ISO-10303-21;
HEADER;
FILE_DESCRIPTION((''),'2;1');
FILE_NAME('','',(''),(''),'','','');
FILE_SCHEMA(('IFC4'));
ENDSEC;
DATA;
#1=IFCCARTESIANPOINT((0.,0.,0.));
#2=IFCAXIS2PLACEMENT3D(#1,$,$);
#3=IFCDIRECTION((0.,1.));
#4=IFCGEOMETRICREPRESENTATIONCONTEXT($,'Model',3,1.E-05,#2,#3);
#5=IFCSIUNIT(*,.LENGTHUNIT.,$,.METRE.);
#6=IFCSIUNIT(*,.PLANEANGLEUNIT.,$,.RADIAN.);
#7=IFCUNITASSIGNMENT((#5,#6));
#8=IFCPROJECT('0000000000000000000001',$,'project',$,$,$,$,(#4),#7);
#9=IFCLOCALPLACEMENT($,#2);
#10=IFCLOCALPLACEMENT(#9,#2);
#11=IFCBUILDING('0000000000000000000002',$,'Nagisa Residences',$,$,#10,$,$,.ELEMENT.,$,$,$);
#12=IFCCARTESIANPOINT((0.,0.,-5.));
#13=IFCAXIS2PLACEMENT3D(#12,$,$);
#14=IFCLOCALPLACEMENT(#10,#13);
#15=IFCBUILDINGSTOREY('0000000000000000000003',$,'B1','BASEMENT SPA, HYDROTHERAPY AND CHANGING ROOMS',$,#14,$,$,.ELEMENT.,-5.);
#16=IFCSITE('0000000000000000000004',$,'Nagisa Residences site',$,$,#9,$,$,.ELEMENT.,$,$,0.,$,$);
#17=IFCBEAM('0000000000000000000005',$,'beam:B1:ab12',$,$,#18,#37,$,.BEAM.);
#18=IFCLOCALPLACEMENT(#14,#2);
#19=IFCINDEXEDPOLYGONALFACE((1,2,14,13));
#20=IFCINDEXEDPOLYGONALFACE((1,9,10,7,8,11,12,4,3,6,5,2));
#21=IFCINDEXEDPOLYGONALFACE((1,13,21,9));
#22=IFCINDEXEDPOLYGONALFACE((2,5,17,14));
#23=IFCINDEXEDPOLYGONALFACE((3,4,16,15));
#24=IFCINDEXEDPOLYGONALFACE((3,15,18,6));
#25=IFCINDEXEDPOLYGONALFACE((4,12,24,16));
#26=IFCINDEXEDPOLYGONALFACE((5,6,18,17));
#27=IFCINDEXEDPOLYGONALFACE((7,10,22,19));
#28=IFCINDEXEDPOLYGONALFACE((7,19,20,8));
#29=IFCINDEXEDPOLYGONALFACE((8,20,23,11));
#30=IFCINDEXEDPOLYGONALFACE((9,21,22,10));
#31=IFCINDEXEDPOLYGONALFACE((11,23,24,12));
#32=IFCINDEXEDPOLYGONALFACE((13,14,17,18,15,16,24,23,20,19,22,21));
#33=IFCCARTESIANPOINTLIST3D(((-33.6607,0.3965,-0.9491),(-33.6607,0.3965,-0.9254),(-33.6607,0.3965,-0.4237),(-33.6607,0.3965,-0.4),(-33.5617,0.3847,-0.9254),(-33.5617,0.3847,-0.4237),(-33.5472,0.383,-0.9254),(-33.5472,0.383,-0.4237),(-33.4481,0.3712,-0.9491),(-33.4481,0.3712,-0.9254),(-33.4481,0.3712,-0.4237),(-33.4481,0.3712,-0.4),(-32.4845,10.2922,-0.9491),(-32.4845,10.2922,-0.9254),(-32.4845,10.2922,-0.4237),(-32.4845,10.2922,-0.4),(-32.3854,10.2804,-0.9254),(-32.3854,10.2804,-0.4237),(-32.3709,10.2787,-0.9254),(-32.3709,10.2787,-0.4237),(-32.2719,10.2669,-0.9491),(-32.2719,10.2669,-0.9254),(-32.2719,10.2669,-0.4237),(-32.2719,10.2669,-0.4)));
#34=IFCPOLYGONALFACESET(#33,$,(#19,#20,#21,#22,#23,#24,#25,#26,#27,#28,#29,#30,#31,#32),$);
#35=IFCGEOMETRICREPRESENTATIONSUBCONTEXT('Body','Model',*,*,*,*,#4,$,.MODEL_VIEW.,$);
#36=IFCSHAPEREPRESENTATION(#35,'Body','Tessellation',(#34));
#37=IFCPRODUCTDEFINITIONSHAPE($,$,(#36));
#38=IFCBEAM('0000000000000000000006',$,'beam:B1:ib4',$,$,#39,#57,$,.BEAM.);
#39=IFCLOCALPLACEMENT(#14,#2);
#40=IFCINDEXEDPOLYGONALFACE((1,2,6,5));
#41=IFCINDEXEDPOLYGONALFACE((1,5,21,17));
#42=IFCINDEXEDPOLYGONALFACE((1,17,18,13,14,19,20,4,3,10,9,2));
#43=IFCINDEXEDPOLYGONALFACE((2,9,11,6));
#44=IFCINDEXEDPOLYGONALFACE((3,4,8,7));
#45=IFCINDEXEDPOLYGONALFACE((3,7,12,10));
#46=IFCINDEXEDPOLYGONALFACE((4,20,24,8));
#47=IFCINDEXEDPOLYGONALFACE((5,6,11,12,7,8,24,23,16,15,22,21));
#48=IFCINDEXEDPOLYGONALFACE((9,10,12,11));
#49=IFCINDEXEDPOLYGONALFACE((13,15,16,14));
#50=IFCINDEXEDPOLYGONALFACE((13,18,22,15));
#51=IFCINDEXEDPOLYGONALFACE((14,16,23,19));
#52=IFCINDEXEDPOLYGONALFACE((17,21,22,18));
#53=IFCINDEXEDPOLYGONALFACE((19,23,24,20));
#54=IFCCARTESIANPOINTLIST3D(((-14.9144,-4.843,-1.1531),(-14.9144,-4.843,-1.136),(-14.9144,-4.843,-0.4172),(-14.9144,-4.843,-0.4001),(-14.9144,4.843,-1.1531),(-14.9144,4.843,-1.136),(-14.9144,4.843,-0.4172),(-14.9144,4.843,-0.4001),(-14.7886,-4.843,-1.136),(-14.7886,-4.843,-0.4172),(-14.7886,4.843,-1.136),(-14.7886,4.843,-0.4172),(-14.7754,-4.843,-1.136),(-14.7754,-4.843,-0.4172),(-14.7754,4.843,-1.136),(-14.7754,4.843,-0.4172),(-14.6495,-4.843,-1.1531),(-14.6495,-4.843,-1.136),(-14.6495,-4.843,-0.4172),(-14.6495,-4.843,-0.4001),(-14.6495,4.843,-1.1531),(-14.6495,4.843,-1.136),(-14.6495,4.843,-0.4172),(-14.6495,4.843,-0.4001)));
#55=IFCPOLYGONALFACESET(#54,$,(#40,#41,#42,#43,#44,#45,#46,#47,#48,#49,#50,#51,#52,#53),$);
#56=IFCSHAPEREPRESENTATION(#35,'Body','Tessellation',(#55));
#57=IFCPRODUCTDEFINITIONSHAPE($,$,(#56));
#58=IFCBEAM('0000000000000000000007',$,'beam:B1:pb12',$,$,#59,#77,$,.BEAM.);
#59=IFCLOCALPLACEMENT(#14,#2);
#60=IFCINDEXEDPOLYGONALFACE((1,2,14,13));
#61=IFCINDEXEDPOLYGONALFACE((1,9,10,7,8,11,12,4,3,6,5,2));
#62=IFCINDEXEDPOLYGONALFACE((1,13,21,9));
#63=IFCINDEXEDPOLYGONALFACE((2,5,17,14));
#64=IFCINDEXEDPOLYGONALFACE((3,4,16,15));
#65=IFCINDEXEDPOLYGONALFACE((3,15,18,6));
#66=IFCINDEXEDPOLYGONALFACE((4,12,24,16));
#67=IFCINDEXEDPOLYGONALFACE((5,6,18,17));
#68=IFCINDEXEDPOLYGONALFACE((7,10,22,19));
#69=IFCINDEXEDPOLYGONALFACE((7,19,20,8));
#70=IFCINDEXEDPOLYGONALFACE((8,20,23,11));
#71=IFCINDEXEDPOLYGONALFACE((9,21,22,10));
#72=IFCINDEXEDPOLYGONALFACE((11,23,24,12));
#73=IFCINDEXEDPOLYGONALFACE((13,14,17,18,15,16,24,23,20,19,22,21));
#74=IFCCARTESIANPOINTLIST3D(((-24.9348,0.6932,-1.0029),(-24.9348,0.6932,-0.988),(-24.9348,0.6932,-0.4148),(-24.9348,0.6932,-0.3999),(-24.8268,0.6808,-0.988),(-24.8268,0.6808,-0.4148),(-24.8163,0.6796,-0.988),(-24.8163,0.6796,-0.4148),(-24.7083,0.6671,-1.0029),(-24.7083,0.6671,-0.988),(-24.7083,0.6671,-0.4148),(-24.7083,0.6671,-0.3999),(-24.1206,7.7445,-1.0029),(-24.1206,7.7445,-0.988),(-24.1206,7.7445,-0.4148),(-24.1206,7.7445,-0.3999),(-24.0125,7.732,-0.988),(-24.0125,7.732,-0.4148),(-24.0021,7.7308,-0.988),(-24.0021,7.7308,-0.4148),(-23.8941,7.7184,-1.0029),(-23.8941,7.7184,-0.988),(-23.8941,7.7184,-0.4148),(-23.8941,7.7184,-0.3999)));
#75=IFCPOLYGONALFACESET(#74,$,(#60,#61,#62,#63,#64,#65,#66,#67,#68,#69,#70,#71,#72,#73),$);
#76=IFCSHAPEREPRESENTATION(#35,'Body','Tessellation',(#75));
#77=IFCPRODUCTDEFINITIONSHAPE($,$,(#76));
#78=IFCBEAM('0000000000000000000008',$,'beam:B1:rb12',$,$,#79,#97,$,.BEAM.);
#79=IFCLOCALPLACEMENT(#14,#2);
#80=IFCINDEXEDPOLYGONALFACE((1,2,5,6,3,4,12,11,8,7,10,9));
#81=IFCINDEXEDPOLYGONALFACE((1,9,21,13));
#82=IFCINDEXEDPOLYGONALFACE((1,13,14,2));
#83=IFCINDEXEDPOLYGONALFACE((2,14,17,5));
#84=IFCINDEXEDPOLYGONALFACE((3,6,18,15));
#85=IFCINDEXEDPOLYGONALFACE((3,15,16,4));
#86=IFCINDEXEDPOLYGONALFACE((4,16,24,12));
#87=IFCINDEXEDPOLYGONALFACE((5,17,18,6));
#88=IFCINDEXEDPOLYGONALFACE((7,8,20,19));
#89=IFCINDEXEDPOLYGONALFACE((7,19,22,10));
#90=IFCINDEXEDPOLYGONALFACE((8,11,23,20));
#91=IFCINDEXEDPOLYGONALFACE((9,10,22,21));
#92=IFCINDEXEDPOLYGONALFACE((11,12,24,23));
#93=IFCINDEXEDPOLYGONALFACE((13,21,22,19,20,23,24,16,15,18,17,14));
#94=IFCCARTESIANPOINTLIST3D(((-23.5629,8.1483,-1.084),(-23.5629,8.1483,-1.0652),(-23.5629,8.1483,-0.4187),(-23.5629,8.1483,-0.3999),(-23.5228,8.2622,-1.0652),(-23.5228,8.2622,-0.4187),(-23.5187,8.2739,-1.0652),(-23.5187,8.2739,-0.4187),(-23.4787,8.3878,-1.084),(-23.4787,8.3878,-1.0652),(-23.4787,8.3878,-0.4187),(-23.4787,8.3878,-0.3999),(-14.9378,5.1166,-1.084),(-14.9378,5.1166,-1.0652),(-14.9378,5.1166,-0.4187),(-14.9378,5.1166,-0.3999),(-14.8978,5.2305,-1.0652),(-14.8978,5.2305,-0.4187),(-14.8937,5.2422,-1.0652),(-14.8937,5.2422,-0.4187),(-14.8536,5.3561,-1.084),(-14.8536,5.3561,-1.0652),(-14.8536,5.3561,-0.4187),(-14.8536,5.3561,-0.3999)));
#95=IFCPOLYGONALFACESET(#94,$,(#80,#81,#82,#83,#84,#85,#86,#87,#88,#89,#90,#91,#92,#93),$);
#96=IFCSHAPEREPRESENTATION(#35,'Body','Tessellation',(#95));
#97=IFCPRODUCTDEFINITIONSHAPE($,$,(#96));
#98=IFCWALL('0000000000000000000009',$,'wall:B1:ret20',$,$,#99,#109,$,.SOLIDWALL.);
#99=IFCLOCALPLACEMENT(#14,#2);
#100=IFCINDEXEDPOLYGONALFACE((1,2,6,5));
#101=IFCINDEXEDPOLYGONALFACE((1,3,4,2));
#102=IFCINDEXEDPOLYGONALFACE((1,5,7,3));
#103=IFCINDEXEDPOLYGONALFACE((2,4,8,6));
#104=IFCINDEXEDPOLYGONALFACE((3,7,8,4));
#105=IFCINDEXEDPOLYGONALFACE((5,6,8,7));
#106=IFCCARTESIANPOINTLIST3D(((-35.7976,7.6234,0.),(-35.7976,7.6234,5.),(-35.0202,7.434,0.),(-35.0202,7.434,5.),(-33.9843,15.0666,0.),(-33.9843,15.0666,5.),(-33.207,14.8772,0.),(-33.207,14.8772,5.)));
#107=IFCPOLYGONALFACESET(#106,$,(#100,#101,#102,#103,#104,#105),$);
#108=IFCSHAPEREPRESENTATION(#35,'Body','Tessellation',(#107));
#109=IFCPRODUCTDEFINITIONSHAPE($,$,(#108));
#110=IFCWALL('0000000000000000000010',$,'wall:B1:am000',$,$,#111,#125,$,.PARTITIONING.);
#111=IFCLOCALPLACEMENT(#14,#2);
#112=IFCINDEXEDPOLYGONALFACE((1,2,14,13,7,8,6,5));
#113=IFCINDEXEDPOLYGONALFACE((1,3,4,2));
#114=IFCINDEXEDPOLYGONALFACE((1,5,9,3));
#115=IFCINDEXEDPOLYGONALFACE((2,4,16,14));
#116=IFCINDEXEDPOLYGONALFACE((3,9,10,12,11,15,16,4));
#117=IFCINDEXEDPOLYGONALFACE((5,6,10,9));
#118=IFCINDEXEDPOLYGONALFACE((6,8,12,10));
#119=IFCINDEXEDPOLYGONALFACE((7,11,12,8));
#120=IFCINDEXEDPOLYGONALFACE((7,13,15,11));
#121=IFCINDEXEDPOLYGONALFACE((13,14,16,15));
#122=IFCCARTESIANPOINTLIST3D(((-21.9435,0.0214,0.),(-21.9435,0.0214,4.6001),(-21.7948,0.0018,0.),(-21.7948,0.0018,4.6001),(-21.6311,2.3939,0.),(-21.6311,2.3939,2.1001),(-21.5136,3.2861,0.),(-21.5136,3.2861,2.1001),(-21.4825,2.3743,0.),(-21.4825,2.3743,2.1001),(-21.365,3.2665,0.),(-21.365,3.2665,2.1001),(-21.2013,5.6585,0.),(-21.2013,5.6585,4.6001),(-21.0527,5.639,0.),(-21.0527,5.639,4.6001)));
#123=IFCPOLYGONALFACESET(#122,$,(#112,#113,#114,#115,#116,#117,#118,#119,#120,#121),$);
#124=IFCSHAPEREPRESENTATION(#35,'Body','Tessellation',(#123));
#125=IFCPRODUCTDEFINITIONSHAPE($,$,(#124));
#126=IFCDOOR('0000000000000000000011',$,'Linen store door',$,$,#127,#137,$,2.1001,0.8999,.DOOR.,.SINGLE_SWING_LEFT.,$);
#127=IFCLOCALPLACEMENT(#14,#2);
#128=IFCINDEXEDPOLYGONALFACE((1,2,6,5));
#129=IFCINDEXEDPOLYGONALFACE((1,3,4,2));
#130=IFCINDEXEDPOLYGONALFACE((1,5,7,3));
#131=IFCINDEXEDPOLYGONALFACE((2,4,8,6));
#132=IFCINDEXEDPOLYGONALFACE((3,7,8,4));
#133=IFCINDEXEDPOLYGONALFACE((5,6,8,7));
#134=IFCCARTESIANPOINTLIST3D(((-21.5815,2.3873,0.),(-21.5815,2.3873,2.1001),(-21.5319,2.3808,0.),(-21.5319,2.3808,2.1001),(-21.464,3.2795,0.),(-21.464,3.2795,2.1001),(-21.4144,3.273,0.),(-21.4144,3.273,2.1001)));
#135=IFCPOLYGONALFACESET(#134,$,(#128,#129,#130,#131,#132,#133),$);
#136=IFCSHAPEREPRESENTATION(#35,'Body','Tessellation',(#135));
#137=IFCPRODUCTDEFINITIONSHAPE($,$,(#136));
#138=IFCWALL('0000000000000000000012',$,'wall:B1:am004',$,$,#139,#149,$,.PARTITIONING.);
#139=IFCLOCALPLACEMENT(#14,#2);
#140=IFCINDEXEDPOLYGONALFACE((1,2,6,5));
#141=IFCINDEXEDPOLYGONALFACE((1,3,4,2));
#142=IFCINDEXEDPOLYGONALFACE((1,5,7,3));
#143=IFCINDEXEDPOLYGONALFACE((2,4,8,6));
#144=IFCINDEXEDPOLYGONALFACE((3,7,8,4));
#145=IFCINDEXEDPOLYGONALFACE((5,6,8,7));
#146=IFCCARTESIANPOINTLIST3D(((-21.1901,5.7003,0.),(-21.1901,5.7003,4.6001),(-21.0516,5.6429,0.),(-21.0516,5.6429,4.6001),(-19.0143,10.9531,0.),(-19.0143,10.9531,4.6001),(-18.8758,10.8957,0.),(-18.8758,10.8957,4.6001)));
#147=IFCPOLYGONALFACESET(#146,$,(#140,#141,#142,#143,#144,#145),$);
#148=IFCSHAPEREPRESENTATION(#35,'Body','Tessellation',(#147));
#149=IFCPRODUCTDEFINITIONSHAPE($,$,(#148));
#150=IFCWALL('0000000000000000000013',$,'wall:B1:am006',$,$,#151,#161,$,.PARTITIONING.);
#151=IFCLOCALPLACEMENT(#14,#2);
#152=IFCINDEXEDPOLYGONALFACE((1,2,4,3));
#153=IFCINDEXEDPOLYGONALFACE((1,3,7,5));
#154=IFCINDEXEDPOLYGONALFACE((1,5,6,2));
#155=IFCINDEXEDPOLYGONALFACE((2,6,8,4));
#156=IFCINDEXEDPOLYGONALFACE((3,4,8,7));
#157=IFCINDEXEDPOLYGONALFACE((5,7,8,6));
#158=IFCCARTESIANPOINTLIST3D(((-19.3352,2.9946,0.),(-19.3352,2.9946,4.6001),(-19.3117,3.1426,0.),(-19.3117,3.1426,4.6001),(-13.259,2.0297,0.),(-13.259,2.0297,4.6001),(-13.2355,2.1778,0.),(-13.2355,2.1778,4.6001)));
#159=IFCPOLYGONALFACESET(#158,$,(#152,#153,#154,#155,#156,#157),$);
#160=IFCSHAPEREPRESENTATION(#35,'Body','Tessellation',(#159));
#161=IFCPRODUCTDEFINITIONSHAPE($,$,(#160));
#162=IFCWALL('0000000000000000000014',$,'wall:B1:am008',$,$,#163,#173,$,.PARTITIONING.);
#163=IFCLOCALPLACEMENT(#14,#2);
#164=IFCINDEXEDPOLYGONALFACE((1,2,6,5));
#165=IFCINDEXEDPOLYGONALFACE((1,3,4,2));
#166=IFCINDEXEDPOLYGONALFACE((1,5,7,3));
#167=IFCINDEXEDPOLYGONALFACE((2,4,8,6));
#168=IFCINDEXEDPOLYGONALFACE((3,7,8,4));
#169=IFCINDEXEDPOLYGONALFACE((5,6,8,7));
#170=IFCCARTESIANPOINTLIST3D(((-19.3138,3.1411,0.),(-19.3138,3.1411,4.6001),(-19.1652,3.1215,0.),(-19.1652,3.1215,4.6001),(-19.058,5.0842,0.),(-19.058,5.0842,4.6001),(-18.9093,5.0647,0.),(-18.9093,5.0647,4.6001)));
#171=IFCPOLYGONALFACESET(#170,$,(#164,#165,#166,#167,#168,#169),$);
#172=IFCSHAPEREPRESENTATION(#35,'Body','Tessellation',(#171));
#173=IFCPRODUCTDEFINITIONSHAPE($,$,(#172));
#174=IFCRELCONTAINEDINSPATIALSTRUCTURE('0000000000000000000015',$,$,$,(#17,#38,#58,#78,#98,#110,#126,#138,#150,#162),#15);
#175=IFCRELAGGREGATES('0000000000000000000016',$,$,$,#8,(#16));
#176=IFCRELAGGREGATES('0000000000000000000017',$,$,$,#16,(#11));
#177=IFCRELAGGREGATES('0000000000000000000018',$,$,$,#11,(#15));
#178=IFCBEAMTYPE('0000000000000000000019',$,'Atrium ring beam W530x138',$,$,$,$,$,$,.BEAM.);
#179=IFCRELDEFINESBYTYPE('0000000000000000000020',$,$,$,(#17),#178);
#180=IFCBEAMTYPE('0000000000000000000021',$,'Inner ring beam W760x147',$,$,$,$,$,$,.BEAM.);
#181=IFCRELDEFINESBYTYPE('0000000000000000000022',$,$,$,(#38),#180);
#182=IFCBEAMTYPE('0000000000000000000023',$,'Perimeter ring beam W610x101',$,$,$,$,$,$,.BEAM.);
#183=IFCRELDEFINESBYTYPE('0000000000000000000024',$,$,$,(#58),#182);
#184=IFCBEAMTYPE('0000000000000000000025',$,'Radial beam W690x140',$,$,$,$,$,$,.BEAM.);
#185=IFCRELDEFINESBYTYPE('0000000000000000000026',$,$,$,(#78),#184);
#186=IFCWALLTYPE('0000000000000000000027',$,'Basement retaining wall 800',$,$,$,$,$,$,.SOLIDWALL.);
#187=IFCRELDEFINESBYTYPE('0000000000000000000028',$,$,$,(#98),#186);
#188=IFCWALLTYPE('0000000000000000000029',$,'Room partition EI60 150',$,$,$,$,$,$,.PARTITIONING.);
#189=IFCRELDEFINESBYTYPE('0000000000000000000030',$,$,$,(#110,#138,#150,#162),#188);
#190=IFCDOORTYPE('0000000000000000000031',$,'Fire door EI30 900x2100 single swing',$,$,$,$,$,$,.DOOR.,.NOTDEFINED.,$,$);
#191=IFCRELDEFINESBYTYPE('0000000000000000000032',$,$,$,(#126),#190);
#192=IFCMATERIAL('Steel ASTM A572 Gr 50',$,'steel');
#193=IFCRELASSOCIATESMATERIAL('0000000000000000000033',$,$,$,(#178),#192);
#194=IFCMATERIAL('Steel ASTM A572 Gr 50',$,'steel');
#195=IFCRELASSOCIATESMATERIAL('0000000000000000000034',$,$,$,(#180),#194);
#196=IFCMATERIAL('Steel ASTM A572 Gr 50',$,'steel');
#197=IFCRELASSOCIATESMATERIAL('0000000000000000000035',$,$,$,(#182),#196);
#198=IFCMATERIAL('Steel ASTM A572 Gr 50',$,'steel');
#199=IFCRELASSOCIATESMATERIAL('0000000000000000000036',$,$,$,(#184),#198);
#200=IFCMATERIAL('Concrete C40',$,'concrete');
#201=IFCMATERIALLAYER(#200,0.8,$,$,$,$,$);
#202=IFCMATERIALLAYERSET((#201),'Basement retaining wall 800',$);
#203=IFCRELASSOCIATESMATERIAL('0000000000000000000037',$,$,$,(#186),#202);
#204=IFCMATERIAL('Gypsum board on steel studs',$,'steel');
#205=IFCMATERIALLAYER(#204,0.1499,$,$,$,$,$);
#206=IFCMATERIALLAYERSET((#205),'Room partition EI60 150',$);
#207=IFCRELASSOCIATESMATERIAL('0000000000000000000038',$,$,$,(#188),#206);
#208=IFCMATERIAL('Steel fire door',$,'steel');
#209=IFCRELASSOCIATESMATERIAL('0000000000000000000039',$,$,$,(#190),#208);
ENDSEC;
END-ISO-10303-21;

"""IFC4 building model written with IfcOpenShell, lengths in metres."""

from ifc_helpers import new_model, si_unit, direction, frame, frame_2d, origin, origin_2d, place, context, subcontext, project, spatial, rectangle, i_section, extrude, material, layer, layer_set, material_profile, profile_set, type_object, element, fill, save


model = new_model("IFC4")

# Units and contexts
model_context = context("Model", 3, precision=1e-05, world=origin(), true_north=direction((0.0, 1.0)))
body_context = subcontext(model_context, "Body", "Model", "MODEL_VIEW")
ifc_project = project(units=[si_unit("LENGTHUNIT", "METRE"), si_unit("PLANEANGLEUNIT", "RADIAN")], contexts=[model_context])

# Site, building, storey
site_placement = place(None, origin())
site = spatial("IfcSite", under=ifc_project, at=site_placement, Name="Nagisa Residences site", CompositionType="ELEMENT", RefElevation=0.0)
building_placement = place(site_placement, origin())
building = spatial("IfcBuilding", under=site, at=building_placement, Name="Nagisa Residences", CompositionType="ELEMENT")
storey_placement = place(building_placement, frame((0.0, 0.0, -5.0)))
storey = spatial("IfcBuildingStorey", under=building, at=storey_placement, Name="B1", Description="BASEMENT SPA, HYDROTHERAPY AND CHANGING ROOMS", CompositionType="ELEMENT", Elevation=-5.0)

# Beams
ifc_material_1 = material(Name="Steel ASTM A572 Gr 50", Category="steel")
ifc_material_profile_1 = material_profile(ifc_material_1, i_section(OverallWidth=0.2141, OverallDepth=0.5491, WebThickness=0.0146, FlangeThickness=0.0237, at=origin_2d()), Name="W530x138")
ifc_profile_set_1 = profile_set([ifc_material_profile_1], Name="Steel ASTM A572 Gr 50")
beam_type_1 = type_object("IfcBeamType", Name="Atrium ring beam W530x138", PredefinedType="BEAM", material=ifc_profile_set_1)
beam_1_placement = place(storey_placement, frame((-32.3782, 10.2795, -0.6746), z_axis=(-0.118035, -0.993009, 0.0), x_axis=(0.993009, -0.118035, 0.0)))
element("IfcBeam", 1, at=beam_1_placement, inside=storey, type_object=beam_type_1, Name="beam:B1:ab12", PredefinedType="BEAM", context=body_context, shape_type="SweptSolid", body=[
    extrude(i_section(OverallWidth=0.2141, OverallDepth=0.5491, WebThickness=0.0146, FlangeThickness=0.0237, at=origin_2d()), origin(), (0.0, 0.0, 1.0), 9.9653),
])
ifc_material_2 = material(Name="Steel ASTM A572 Gr 50", Category="steel")
ifc_material_profile_2 = material_profile(ifc_material_2, i_section(OverallWidth=0.2649, OverallDepth=0.7529, WebThickness=0.0132, FlangeThickness=0.0171, at=origin_2d()), Name="W760x147")
ifc_profile_set_2 = profile_set([ifc_material_profile_2], Name="Steel ASTM A572 Gr 50")
beam_type_2 = type_object("IfcBeamType", Name="Inner ring beam W760x147", PredefinedType="BEAM", material=ifc_profile_set_2)
beam_2_placement = place(storey_placement, frame((-14.782, 4.843, -0.7766), z_axis=(0.0, -1.0, 0.0), x_axis=(1.0, 0.0, 0.0)))
element("IfcBeam", 2, at=beam_2_placement, inside=storey, type_object=beam_type_2, Name="beam:B1:ib4", PredefinedType="BEAM", context=body_context, shape_type="SweptSolid", body=[
    extrude(i_section(OverallWidth=0.2649, OverallDepth=0.7529, WebThickness=0.0132, FlangeThickness=0.0171, at=origin_2d()), origin(), (0.0, 0.0, 1.0), 9.686),
])
ifc_material_3 = material(Name="Steel ASTM A572 Gr 50", Category="steel")
ifc_material_profile_3 = material_profile(ifc_material_3, i_section(OverallWidth=0.228, OverallDepth=0.603, WebThickness=0.0105, FlangeThickness=0.0149, at=origin_2d()), Name="W610x101")
ifc_profile_set_3 = profile_set([ifc_material_profile_3], Name="Steel ASTM A572 Gr 50")
beam_type_3 = type_object("IfcBeamType", Name="Perimeter ring beam W610x101", PredefinedType="BEAM", material=ifc_profile_set_3)
beam_3_placement = place(storey_placement, frame((-24.0073, 7.7314, -0.7014), z_axis=(-0.114708, -0.993399, 0.0), x_axis=(0.993399, -0.114708, 0.0)))
element("IfcBeam", 3, at=beam_3_placement, inside=storey, type_object=beam_type_3, Name="beam:B1:pb12", PredefinedType="BEAM", context=body_context, shape_type="SweptSolid", body=[
    extrude(i_section(OverallWidth=0.228, OverallDepth=0.603, WebThickness=0.0105, FlangeThickness=0.0149, at=origin_2d()), origin(), (0.0, 0.0, 1.0), 7.0981),
])
ifc_material_4 = material(Name="Steel ASTM A572 Gr 50", Category="steel")
ifc_material_profile_4 = material_profile(ifc_material_4, i_section(OverallWidth=0.2539, OverallDepth=0.6841, WebThickness=0.0125, FlangeThickness=0.0188, at=origin_2d()), Name="W690x140")
ifc_profile_set_4 = profile_set([ifc_material_profile_4], Name="Steel ASTM A572 Gr 50")
beam_type_4 = type_object("IfcBeamType", Name="Radial beam W690x140", PredefinedType="BEAM", material=ifc_profile_set_4)
beam_4_placement = place(storey_placement, frame((-23.5208, 8.2681, -0.7419), z_axis=(0.943415, -0.331616, 0.0), x_axis=(0.331616, 0.943415, 0.0)))
element("IfcBeam", 4, at=beam_4_placement, inside=storey, type_object=beam_type_4, Name="beam:B1:rb12", PredefinedType="BEAM", context=body_context, shape_type="SweptSolid", body=[
    extrude(i_section(OverallWidth=0.2539, OverallDepth=0.6841, WebThickness=0.0125, FlangeThickness=0.0188, at=origin_2d()), origin(), (0.0, 0.0, 1.0), 9.1423),
])

# Wall
ifc_material_5 = material(Name="Concrete C40", Category="concrete")
ifc_layer_1 = layer(ifc_material_5, 0.8)
ifc_layer_set_1 = layer_set([ifc_layer_1], Name="Basement retaining wall 800")
wall_type_1 = type_object("IfcWallType", Name="Basement retaining wall 800", PredefinedType="SOLIDWALL", material=ifc_layer_set_1)
wall_1_placement = place(storey_placement, frame((-35.4089, 7.5286, 0.0), z_axis=(0.0, 0.0, 1.0), x_axis=(0.23669, 0.971585, 0.0)))
element("IfcWall", 5, at=wall_1_placement, inside=storey, type_object=wall_type_1, Name="wall:B1:ret20", PredefinedType="SOLIDWALL", context=body_context, shape_type="SweptSolid", body=[
    extrude(rectangle(XDim=7.6609, YDim=0.8, at=frame_2d((3.8306, 0.0))), origin(), (0.0, 0.0, 1.0), 5.0),
])

# Wall, opening, door
ifc_material_6 = material(Name="Gypsum board on steel studs", Category="steel")
ifc_layer_2 = layer(ifc_material_6, 0.1499)
ifc_layer_set_2 = layer_set([ifc_layer_2], Name="Room partition EI60 150")
wall_type_2 = type_object("IfcWallType", Name="Room partition EI60 150", PredefinedType="PARTITIONING", material=ifc_layer_set_2)
wall_2_placement = place(storey_placement, frame((-21.8691, 0.0117, 0.0), z_axis=(0.0, 0.0, 1.0), x_axis=(0.130532, 0.991444, 0.0)))
wall_2 = element("IfcWall", 6, at=wall_2_placement, inside=storey, type_object=wall_type_2, Name="wall:B1:am000", PredefinedType="PARTITIONING", context=body_context, shape_type="SweptSolid", body=[
    extrude(rectangle(XDim=5.6858, YDim=0.1499, at=frame_2d((2.8428, 0.0))), origin(), (0.0, 0.0, 1.0), 4.6001),
])
opening_1_placement = place(wall_2_placement, frame((2.3928, 0.0, 0.0)))
opening_1 = element("IfcOpeningElement", 7, at=opening_1_placement, cuts=wall_2, PredefinedType="OPENING", context=body_context, shape_type="SweptSolid", body=[
    extrude(rectangle(XDim=0.8999, YDim=2.1001, at=frame_2d((0.45, 1.05))), frame((0.0, 0.085, 0.0), z_axis=(0.0, -1.0, 0.0), x_axis=(1.0, 0.0, 0.0)), (0.0, 0.0, 1.0), 0.1699),
])
ifc_material_7 = material(Name="Steel fire door", Category="steel")
door_type_1 = type_object("IfcDoorType", Name="Fire door EI30 900x2100 single swing", OperationType="NOTDEFINED", PredefinedType="DOOR", material=ifc_material_7)
door_1_placement = place(opening_1_placement, origin())
door_1 = element("IfcDoor", 8, at=door_1_placement, inside=storey, type_object=door_type_1, Name="Linen store door", OperationType="SINGLE_SWING_LEFT", OverallHeight=2.1001, OverallWidth=0.8999, PredefinedType="DOOR", context=body_context, shape_type="SweptSolid", body=[
    extrude(rectangle(XDim=0.8999, YDim=2.1001, at=frame_2d((0.45, 1.05))), frame((0.0, 0.0249, 0.0), z_axis=(0.0, -1.0, 0.0), x_axis=(1.0, 0.0, 0.0)), (0.0, 0.0, 1.0), 0.05),
])
fill(opening_1, door_1)

# Walls
wall_3_placement = place(storey_placement, frame((-21.1208, 5.6716, 0.0), z_axis=(0.0, 0.0, 1.0), x_axis=(0.382691, 0.923877, 0.0)))
element("IfcWall", 9, at=wall_3_placement, inside=storey, type_object=wall_type_2, Name="wall:B1:am004", PredefinedType="PARTITIONING", context=body_context, shape_type="SweptSolid", body=[
    extrude(rectangle(XDim=5.6855, YDim=0.1499, at=frame_2d((2.8428, 0.0))), origin(), (0.0, 0.0, 1.0), 4.6001),
])
wall_4_placement = place(storey_placement, frame((-19.3235, 3.0686, 0.0), z_axis=(0.0, 0.0, 1.0), x_axis=(0.987626, -0.156827, 0.0)))
element("IfcWall", 10, at=wall_4_placement, inside=storey, type_object=wall_type_2, Name="wall:B1:am006", PredefinedType="PARTITIONING", context=body_context, shape_type="SweptSolid", body=[
    extrude(rectangle(XDim=6.1523, YDim=0.1499, at=frame_2d((3.0762, 0.0))), origin(), (0.0, 0.0, 1.0), 4.6001),
])
wall_5_placement = place(storey_placement, frame((-18.9836, 5.0745, 0.0), z_axis=(0.0, 0.0, 1.0), x_axis=(-0.130548, -0.991442, 0.0)))
element("IfcWall", 11, at=wall_5_placement, inside=storey, type_object=wall_type_2, Name="wall:B1:am008", PredefinedType="PARTITIONING", context=body_context, shape_type="SweptSolid", body=[
    extrude(rectangle(XDim=1.96, YDim=0.1499, at=frame_2d((0.98, 0.0))), origin(), (0.0, 0.0, 1.0), 4.6001),
])

save(model, "model.ifc")
